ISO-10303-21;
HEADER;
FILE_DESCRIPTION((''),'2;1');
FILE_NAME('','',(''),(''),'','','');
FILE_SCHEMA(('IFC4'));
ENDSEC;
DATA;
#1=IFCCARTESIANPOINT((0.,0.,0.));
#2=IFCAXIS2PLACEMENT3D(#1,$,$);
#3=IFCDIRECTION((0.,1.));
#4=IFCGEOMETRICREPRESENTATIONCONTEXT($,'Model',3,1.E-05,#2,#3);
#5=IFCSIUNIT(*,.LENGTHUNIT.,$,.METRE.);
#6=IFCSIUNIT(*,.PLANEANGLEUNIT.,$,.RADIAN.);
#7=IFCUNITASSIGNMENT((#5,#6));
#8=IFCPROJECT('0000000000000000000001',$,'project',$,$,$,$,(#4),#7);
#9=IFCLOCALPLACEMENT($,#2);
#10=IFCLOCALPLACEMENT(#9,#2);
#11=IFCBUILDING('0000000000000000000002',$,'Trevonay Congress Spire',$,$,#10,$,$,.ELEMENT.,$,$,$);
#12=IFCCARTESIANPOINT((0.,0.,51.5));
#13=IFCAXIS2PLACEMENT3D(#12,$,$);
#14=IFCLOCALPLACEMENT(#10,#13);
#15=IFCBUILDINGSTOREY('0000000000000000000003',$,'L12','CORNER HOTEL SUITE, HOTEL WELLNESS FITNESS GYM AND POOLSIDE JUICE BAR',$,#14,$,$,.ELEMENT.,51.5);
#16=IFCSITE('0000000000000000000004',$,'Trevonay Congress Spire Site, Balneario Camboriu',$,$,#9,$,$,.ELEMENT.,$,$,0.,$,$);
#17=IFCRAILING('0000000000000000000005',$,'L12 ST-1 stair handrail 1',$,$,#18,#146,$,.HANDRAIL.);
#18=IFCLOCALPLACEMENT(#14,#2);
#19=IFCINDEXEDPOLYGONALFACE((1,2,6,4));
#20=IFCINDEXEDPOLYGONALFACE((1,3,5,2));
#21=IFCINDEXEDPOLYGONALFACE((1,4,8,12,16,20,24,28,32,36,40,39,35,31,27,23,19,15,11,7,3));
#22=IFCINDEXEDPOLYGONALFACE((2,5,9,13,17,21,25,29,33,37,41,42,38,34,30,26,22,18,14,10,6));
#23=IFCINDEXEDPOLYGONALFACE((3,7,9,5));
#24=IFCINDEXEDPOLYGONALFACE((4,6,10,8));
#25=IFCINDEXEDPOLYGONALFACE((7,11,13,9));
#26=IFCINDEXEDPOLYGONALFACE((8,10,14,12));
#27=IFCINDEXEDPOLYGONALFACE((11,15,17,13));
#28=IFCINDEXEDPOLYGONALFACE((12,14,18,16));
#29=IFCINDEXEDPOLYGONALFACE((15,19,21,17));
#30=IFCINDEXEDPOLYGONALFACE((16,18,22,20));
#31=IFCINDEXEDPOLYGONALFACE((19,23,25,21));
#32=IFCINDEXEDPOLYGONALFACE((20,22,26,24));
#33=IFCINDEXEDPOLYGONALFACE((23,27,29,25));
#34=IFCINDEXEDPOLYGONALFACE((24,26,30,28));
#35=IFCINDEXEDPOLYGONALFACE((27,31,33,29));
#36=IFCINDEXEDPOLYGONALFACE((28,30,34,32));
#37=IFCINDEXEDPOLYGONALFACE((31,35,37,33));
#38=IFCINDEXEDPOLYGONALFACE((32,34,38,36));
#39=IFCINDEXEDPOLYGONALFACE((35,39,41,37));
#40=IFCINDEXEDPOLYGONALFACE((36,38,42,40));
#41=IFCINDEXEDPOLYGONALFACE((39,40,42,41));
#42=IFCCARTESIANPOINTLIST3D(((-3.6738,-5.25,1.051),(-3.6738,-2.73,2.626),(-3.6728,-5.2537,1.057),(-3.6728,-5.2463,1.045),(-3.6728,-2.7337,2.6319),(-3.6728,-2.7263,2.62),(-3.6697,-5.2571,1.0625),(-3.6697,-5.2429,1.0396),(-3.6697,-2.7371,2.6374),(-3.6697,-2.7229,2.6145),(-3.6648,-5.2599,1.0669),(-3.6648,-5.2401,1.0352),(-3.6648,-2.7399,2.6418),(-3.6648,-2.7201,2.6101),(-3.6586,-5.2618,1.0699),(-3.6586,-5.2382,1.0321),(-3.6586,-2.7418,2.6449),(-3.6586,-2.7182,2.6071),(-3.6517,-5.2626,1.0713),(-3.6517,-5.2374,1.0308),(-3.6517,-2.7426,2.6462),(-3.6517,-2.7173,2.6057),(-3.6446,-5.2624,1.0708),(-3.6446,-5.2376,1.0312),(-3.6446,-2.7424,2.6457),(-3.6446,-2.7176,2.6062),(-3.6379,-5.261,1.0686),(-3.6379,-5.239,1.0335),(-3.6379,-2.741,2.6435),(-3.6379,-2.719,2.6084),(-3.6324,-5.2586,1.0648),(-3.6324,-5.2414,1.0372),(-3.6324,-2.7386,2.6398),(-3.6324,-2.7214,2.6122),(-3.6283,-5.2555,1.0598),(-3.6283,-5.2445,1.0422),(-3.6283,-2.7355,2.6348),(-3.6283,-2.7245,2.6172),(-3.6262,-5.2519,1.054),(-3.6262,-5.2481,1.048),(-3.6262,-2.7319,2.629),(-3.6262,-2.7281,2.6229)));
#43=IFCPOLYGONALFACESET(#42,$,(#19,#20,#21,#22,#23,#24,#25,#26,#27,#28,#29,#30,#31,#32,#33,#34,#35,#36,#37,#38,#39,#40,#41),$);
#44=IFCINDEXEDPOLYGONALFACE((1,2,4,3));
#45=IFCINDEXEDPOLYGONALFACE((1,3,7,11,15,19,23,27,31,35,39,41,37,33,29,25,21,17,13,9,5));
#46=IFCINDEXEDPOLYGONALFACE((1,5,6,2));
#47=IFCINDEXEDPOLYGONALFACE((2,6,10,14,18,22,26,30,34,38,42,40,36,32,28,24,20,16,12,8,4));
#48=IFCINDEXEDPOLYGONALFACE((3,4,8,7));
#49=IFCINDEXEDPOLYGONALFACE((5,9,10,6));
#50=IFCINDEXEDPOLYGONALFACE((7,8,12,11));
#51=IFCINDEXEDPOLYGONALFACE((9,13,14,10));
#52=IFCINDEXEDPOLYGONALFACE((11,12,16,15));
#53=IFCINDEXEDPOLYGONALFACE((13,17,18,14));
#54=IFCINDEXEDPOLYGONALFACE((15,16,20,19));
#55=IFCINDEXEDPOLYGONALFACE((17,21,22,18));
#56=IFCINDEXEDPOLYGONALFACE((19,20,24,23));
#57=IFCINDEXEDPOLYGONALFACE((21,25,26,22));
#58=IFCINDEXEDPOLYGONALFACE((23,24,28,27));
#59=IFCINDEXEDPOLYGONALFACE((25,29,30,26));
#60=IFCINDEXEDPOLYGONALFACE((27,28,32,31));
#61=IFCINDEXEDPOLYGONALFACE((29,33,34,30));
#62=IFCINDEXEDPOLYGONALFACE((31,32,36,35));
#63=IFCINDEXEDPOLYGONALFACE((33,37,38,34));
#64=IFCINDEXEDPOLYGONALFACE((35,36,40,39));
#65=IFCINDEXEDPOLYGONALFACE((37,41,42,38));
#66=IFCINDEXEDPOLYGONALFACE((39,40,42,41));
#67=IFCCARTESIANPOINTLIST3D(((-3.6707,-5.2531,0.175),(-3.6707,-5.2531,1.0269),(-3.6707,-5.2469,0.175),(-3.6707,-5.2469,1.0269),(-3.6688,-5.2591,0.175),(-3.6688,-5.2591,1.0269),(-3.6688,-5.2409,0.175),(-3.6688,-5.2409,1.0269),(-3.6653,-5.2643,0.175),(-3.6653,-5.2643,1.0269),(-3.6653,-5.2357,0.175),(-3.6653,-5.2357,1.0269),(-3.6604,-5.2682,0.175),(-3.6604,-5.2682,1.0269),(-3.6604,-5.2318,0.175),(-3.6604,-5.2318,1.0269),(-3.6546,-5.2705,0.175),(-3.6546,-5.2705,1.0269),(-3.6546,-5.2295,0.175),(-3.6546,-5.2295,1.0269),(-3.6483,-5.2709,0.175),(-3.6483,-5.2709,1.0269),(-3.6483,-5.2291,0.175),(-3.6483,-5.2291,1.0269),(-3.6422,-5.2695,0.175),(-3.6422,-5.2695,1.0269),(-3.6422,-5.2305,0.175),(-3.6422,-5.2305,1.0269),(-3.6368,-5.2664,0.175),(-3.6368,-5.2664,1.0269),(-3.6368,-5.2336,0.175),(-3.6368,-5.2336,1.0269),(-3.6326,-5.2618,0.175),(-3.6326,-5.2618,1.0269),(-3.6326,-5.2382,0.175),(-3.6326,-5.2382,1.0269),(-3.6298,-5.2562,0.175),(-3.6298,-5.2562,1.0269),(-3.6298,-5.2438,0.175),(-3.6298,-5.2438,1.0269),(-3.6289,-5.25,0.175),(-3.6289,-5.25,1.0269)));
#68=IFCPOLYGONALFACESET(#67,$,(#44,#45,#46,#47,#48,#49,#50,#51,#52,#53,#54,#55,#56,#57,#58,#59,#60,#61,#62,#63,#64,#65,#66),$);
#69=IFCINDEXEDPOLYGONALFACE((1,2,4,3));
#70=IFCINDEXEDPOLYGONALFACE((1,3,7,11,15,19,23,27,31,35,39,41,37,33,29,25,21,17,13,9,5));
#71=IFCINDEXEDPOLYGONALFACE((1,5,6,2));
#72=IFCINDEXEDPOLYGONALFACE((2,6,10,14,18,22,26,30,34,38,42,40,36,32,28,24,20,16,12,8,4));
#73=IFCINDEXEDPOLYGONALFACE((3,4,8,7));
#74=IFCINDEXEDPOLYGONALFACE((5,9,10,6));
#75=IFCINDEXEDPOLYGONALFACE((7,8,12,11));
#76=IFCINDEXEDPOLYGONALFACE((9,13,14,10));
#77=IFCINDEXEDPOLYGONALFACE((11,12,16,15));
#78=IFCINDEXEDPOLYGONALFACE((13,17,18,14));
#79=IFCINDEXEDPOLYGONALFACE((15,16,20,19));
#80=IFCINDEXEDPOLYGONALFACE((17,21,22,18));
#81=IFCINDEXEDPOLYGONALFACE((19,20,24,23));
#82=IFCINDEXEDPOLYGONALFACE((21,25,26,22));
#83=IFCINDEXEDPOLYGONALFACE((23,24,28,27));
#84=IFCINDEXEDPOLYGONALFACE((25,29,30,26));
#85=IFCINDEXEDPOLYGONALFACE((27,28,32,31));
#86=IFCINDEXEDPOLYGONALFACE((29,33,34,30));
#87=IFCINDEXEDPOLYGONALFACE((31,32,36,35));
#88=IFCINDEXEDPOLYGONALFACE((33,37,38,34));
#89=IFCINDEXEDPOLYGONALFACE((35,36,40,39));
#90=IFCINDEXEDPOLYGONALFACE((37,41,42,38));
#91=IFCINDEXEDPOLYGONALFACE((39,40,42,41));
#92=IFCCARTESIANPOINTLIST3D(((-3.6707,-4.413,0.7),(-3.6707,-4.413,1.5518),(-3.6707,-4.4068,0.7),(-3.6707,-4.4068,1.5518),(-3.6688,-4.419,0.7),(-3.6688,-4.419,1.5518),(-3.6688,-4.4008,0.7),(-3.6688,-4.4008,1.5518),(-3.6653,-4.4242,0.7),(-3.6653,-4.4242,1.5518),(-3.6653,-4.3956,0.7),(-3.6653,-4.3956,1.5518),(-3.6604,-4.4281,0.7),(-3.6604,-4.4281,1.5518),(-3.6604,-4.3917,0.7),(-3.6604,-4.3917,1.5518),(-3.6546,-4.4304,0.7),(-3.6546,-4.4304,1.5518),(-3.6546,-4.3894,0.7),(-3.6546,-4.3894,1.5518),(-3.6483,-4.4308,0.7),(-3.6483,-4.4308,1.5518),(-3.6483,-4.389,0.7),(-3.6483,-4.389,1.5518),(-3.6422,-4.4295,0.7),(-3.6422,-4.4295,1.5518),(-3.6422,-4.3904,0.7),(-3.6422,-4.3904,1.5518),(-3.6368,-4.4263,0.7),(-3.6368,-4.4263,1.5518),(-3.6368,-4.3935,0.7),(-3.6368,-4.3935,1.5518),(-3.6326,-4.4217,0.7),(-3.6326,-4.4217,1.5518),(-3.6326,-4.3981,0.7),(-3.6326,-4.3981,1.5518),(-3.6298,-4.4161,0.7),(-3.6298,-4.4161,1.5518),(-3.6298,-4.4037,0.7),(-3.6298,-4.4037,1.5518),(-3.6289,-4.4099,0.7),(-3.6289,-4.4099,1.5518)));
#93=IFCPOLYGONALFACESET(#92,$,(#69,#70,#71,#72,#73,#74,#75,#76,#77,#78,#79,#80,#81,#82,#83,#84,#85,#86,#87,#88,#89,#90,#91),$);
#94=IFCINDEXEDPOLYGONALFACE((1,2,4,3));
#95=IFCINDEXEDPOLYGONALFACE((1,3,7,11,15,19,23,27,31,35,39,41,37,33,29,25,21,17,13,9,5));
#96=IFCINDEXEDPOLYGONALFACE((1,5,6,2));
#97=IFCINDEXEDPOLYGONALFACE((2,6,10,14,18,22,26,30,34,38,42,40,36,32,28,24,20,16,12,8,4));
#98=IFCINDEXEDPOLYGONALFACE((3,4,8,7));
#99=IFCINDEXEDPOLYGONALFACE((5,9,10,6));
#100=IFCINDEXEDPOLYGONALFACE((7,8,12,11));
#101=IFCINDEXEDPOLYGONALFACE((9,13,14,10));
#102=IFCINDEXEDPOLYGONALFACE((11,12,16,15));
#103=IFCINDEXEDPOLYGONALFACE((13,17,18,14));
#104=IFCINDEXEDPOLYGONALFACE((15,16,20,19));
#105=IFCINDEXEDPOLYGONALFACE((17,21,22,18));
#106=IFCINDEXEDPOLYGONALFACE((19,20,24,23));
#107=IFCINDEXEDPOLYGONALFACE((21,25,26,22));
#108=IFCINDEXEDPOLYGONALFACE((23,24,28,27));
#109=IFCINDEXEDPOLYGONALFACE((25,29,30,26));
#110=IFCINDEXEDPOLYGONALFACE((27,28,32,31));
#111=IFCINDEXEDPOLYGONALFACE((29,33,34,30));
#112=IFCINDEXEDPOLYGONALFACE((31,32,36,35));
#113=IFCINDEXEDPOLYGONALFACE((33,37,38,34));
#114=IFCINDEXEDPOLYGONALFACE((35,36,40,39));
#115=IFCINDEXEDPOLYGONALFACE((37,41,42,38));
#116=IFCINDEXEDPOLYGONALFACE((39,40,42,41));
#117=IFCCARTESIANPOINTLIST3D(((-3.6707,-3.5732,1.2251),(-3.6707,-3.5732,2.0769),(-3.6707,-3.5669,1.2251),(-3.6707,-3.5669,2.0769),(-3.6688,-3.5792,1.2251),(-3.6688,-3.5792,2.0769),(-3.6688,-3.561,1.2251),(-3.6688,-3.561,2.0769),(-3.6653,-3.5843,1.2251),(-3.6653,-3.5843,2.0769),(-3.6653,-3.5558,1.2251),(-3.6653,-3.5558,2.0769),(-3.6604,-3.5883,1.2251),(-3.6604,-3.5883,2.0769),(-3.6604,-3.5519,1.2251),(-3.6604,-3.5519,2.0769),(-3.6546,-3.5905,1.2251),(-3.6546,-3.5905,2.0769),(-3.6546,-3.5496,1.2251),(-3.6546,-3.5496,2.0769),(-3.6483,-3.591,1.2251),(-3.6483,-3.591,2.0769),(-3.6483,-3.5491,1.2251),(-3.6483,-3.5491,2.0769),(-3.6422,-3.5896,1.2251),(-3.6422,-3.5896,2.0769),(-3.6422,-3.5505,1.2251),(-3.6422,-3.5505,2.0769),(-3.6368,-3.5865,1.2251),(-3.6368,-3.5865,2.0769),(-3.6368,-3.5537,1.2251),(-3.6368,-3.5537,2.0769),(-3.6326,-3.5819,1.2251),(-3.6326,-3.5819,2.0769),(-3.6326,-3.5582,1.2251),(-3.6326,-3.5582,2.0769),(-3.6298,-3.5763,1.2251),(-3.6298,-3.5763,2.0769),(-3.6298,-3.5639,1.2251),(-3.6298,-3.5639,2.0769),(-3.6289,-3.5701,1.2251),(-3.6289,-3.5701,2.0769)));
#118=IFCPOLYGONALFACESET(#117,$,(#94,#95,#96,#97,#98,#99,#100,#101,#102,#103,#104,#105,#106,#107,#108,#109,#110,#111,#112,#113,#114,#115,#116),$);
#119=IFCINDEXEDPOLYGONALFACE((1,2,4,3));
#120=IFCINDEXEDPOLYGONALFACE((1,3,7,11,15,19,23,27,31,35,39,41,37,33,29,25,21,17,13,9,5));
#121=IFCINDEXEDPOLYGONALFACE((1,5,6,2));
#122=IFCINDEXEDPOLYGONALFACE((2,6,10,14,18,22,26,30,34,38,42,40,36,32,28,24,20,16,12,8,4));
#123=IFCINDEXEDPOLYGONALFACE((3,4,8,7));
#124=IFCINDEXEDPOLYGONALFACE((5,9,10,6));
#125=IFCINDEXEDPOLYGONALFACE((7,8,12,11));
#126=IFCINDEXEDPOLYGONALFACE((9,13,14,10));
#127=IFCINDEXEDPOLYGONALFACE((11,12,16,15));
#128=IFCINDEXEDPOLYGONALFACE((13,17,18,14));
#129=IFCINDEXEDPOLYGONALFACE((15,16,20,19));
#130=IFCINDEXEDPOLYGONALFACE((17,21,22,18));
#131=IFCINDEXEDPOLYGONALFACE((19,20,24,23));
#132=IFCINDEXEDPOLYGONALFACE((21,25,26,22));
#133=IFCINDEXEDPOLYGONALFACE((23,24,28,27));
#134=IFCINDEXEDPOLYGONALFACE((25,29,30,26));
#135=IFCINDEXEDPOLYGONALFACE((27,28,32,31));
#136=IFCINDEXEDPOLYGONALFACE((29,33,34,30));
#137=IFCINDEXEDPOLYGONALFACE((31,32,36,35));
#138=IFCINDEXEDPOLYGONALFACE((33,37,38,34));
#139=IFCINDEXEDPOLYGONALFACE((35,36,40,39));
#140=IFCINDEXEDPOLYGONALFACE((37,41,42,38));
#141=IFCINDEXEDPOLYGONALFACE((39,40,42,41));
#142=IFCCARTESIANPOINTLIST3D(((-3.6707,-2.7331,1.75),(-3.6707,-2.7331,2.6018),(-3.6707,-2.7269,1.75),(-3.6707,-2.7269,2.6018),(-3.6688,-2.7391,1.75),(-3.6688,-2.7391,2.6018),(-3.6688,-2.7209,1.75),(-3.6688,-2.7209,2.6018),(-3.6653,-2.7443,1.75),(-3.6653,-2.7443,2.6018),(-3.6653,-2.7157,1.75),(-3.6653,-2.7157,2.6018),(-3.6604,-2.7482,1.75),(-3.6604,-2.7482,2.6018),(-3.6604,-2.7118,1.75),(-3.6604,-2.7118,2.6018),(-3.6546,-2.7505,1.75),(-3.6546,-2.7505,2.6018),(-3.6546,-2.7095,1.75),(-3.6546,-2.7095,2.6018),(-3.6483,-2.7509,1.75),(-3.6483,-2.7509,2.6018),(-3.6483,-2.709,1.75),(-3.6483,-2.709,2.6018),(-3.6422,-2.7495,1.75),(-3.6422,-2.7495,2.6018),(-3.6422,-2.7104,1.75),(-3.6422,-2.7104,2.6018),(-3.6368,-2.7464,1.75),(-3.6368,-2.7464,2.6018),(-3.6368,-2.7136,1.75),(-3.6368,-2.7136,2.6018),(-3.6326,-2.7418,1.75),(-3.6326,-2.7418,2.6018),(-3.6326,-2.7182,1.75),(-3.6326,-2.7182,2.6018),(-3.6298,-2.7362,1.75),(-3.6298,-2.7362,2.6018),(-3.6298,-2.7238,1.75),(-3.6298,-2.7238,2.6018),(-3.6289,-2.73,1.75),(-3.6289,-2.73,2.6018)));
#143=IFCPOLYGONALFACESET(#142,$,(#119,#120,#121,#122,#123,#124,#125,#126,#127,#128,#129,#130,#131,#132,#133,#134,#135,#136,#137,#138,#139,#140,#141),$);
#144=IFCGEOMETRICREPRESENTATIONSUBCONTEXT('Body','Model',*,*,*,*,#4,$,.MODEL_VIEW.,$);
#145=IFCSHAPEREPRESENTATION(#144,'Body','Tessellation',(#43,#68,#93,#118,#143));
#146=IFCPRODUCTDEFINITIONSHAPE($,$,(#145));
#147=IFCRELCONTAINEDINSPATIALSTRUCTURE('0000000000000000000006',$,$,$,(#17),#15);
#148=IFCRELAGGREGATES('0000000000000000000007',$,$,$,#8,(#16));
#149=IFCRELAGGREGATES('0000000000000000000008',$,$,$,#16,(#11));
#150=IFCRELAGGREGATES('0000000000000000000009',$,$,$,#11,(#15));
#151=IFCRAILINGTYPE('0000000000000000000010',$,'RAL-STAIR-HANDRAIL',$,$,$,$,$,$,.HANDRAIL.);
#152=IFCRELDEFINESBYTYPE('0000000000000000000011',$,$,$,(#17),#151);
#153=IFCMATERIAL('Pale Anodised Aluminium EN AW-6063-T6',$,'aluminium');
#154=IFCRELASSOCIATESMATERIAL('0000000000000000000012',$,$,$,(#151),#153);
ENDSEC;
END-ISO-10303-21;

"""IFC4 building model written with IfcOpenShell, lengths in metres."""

from ifc_helpers import new_model, si_unit, direction, frame, origin, origin_2d, place, context, subcontext, project, spatial, circle, extrude, material, type_object, element, save


model = new_model("IFC4")

# Units and contexts
model_context = context("Model", 3, precision=1e-05, world=origin(), true_north=direction((0.0, 1.0)))
body_context = subcontext(model_context, "Body", "Model", "MODEL_VIEW")
ifc_project = project(units=[si_unit("LENGTHUNIT", "METRE"), si_unit("PLANEANGLEUNIT", "RADIAN")], contexts=[model_context])

# Site, building, storey
site_placement = place(None, origin())
site = spatial("IfcSite", under=ifc_project, at=site_placement, Name="Trevonay Congress Spire Site, Balneario Camboriu", CompositionType="ELEMENT", RefElevation=0.0)
building_placement = place(site_placement, origin())
building = spatial("IfcBuilding", under=site, at=building_placement, Name="Trevonay Congress Spire", CompositionType="ELEMENT")
storey_placement = place(building_placement, frame((0.0, 0.0, 51.5)))
storey = spatial("IfcBuildingStorey", under=building, at=storey_placement, Name="L12", Description="CORNER HOTEL SUITE, HOTEL WELLNESS FITNESS GYM AND POOLSIDE JUICE BAR", CompositionType="ELEMENT", Elevation=51.5)

# Shared definitions
ifc_material_1 = material(Name="Pale Anodised Aluminium EN AW-6063-T6", Category="aluminium")

# Railing
railing_type_1 = type_object("IfcRailingType", Name="RAL-STAIR-HANDRAIL", PredefinedType="HANDRAIL", material=ifc_material_1)
railing_1_placement = place(storey_placement, frame((-3.6499, -5.25, 0.175)))
element("IfcRailing", 1, at=railing_1_placement, inside=storey, type_object=railing_type_1, Name="L12 ST-1 stair handrail 1", PredefinedType="HANDRAIL", context=body_context, shape_type="SweptSolid", body=[
    extrude(circle(Radius=0.0239, at=origin_2d()), frame((0.0, 0.0, 0.876), z_axis=(0.0, 0.848008, 0.529984), x_axis=(-1.0, 0.0, 0.0)), (0.0, 0.0, 1.0), 2.9717),
    extrude(circle(Radius=0.021, at=origin_2d()), origin(), (0.0, 0.0, 1.0), 0.8518),
    extrude(circle(Radius=0.021, at=origin_2d()), frame((0.0, 0.8401, 0.5249)), (0.0, 0.0, 1.0), 0.8518),
    extrude(circle(Radius=0.021, at=origin_2d()), frame((0.0, 1.6799, 1.05)), (0.0, 0.0, 1.0), 0.8518),
    extrude(circle(Radius=0.021, at=origin_2d()), frame((0.0, 2.52, 1.575)), (0.0, 0.0, 1.0), 0.8518),
])

save(model, "model.ifc")
